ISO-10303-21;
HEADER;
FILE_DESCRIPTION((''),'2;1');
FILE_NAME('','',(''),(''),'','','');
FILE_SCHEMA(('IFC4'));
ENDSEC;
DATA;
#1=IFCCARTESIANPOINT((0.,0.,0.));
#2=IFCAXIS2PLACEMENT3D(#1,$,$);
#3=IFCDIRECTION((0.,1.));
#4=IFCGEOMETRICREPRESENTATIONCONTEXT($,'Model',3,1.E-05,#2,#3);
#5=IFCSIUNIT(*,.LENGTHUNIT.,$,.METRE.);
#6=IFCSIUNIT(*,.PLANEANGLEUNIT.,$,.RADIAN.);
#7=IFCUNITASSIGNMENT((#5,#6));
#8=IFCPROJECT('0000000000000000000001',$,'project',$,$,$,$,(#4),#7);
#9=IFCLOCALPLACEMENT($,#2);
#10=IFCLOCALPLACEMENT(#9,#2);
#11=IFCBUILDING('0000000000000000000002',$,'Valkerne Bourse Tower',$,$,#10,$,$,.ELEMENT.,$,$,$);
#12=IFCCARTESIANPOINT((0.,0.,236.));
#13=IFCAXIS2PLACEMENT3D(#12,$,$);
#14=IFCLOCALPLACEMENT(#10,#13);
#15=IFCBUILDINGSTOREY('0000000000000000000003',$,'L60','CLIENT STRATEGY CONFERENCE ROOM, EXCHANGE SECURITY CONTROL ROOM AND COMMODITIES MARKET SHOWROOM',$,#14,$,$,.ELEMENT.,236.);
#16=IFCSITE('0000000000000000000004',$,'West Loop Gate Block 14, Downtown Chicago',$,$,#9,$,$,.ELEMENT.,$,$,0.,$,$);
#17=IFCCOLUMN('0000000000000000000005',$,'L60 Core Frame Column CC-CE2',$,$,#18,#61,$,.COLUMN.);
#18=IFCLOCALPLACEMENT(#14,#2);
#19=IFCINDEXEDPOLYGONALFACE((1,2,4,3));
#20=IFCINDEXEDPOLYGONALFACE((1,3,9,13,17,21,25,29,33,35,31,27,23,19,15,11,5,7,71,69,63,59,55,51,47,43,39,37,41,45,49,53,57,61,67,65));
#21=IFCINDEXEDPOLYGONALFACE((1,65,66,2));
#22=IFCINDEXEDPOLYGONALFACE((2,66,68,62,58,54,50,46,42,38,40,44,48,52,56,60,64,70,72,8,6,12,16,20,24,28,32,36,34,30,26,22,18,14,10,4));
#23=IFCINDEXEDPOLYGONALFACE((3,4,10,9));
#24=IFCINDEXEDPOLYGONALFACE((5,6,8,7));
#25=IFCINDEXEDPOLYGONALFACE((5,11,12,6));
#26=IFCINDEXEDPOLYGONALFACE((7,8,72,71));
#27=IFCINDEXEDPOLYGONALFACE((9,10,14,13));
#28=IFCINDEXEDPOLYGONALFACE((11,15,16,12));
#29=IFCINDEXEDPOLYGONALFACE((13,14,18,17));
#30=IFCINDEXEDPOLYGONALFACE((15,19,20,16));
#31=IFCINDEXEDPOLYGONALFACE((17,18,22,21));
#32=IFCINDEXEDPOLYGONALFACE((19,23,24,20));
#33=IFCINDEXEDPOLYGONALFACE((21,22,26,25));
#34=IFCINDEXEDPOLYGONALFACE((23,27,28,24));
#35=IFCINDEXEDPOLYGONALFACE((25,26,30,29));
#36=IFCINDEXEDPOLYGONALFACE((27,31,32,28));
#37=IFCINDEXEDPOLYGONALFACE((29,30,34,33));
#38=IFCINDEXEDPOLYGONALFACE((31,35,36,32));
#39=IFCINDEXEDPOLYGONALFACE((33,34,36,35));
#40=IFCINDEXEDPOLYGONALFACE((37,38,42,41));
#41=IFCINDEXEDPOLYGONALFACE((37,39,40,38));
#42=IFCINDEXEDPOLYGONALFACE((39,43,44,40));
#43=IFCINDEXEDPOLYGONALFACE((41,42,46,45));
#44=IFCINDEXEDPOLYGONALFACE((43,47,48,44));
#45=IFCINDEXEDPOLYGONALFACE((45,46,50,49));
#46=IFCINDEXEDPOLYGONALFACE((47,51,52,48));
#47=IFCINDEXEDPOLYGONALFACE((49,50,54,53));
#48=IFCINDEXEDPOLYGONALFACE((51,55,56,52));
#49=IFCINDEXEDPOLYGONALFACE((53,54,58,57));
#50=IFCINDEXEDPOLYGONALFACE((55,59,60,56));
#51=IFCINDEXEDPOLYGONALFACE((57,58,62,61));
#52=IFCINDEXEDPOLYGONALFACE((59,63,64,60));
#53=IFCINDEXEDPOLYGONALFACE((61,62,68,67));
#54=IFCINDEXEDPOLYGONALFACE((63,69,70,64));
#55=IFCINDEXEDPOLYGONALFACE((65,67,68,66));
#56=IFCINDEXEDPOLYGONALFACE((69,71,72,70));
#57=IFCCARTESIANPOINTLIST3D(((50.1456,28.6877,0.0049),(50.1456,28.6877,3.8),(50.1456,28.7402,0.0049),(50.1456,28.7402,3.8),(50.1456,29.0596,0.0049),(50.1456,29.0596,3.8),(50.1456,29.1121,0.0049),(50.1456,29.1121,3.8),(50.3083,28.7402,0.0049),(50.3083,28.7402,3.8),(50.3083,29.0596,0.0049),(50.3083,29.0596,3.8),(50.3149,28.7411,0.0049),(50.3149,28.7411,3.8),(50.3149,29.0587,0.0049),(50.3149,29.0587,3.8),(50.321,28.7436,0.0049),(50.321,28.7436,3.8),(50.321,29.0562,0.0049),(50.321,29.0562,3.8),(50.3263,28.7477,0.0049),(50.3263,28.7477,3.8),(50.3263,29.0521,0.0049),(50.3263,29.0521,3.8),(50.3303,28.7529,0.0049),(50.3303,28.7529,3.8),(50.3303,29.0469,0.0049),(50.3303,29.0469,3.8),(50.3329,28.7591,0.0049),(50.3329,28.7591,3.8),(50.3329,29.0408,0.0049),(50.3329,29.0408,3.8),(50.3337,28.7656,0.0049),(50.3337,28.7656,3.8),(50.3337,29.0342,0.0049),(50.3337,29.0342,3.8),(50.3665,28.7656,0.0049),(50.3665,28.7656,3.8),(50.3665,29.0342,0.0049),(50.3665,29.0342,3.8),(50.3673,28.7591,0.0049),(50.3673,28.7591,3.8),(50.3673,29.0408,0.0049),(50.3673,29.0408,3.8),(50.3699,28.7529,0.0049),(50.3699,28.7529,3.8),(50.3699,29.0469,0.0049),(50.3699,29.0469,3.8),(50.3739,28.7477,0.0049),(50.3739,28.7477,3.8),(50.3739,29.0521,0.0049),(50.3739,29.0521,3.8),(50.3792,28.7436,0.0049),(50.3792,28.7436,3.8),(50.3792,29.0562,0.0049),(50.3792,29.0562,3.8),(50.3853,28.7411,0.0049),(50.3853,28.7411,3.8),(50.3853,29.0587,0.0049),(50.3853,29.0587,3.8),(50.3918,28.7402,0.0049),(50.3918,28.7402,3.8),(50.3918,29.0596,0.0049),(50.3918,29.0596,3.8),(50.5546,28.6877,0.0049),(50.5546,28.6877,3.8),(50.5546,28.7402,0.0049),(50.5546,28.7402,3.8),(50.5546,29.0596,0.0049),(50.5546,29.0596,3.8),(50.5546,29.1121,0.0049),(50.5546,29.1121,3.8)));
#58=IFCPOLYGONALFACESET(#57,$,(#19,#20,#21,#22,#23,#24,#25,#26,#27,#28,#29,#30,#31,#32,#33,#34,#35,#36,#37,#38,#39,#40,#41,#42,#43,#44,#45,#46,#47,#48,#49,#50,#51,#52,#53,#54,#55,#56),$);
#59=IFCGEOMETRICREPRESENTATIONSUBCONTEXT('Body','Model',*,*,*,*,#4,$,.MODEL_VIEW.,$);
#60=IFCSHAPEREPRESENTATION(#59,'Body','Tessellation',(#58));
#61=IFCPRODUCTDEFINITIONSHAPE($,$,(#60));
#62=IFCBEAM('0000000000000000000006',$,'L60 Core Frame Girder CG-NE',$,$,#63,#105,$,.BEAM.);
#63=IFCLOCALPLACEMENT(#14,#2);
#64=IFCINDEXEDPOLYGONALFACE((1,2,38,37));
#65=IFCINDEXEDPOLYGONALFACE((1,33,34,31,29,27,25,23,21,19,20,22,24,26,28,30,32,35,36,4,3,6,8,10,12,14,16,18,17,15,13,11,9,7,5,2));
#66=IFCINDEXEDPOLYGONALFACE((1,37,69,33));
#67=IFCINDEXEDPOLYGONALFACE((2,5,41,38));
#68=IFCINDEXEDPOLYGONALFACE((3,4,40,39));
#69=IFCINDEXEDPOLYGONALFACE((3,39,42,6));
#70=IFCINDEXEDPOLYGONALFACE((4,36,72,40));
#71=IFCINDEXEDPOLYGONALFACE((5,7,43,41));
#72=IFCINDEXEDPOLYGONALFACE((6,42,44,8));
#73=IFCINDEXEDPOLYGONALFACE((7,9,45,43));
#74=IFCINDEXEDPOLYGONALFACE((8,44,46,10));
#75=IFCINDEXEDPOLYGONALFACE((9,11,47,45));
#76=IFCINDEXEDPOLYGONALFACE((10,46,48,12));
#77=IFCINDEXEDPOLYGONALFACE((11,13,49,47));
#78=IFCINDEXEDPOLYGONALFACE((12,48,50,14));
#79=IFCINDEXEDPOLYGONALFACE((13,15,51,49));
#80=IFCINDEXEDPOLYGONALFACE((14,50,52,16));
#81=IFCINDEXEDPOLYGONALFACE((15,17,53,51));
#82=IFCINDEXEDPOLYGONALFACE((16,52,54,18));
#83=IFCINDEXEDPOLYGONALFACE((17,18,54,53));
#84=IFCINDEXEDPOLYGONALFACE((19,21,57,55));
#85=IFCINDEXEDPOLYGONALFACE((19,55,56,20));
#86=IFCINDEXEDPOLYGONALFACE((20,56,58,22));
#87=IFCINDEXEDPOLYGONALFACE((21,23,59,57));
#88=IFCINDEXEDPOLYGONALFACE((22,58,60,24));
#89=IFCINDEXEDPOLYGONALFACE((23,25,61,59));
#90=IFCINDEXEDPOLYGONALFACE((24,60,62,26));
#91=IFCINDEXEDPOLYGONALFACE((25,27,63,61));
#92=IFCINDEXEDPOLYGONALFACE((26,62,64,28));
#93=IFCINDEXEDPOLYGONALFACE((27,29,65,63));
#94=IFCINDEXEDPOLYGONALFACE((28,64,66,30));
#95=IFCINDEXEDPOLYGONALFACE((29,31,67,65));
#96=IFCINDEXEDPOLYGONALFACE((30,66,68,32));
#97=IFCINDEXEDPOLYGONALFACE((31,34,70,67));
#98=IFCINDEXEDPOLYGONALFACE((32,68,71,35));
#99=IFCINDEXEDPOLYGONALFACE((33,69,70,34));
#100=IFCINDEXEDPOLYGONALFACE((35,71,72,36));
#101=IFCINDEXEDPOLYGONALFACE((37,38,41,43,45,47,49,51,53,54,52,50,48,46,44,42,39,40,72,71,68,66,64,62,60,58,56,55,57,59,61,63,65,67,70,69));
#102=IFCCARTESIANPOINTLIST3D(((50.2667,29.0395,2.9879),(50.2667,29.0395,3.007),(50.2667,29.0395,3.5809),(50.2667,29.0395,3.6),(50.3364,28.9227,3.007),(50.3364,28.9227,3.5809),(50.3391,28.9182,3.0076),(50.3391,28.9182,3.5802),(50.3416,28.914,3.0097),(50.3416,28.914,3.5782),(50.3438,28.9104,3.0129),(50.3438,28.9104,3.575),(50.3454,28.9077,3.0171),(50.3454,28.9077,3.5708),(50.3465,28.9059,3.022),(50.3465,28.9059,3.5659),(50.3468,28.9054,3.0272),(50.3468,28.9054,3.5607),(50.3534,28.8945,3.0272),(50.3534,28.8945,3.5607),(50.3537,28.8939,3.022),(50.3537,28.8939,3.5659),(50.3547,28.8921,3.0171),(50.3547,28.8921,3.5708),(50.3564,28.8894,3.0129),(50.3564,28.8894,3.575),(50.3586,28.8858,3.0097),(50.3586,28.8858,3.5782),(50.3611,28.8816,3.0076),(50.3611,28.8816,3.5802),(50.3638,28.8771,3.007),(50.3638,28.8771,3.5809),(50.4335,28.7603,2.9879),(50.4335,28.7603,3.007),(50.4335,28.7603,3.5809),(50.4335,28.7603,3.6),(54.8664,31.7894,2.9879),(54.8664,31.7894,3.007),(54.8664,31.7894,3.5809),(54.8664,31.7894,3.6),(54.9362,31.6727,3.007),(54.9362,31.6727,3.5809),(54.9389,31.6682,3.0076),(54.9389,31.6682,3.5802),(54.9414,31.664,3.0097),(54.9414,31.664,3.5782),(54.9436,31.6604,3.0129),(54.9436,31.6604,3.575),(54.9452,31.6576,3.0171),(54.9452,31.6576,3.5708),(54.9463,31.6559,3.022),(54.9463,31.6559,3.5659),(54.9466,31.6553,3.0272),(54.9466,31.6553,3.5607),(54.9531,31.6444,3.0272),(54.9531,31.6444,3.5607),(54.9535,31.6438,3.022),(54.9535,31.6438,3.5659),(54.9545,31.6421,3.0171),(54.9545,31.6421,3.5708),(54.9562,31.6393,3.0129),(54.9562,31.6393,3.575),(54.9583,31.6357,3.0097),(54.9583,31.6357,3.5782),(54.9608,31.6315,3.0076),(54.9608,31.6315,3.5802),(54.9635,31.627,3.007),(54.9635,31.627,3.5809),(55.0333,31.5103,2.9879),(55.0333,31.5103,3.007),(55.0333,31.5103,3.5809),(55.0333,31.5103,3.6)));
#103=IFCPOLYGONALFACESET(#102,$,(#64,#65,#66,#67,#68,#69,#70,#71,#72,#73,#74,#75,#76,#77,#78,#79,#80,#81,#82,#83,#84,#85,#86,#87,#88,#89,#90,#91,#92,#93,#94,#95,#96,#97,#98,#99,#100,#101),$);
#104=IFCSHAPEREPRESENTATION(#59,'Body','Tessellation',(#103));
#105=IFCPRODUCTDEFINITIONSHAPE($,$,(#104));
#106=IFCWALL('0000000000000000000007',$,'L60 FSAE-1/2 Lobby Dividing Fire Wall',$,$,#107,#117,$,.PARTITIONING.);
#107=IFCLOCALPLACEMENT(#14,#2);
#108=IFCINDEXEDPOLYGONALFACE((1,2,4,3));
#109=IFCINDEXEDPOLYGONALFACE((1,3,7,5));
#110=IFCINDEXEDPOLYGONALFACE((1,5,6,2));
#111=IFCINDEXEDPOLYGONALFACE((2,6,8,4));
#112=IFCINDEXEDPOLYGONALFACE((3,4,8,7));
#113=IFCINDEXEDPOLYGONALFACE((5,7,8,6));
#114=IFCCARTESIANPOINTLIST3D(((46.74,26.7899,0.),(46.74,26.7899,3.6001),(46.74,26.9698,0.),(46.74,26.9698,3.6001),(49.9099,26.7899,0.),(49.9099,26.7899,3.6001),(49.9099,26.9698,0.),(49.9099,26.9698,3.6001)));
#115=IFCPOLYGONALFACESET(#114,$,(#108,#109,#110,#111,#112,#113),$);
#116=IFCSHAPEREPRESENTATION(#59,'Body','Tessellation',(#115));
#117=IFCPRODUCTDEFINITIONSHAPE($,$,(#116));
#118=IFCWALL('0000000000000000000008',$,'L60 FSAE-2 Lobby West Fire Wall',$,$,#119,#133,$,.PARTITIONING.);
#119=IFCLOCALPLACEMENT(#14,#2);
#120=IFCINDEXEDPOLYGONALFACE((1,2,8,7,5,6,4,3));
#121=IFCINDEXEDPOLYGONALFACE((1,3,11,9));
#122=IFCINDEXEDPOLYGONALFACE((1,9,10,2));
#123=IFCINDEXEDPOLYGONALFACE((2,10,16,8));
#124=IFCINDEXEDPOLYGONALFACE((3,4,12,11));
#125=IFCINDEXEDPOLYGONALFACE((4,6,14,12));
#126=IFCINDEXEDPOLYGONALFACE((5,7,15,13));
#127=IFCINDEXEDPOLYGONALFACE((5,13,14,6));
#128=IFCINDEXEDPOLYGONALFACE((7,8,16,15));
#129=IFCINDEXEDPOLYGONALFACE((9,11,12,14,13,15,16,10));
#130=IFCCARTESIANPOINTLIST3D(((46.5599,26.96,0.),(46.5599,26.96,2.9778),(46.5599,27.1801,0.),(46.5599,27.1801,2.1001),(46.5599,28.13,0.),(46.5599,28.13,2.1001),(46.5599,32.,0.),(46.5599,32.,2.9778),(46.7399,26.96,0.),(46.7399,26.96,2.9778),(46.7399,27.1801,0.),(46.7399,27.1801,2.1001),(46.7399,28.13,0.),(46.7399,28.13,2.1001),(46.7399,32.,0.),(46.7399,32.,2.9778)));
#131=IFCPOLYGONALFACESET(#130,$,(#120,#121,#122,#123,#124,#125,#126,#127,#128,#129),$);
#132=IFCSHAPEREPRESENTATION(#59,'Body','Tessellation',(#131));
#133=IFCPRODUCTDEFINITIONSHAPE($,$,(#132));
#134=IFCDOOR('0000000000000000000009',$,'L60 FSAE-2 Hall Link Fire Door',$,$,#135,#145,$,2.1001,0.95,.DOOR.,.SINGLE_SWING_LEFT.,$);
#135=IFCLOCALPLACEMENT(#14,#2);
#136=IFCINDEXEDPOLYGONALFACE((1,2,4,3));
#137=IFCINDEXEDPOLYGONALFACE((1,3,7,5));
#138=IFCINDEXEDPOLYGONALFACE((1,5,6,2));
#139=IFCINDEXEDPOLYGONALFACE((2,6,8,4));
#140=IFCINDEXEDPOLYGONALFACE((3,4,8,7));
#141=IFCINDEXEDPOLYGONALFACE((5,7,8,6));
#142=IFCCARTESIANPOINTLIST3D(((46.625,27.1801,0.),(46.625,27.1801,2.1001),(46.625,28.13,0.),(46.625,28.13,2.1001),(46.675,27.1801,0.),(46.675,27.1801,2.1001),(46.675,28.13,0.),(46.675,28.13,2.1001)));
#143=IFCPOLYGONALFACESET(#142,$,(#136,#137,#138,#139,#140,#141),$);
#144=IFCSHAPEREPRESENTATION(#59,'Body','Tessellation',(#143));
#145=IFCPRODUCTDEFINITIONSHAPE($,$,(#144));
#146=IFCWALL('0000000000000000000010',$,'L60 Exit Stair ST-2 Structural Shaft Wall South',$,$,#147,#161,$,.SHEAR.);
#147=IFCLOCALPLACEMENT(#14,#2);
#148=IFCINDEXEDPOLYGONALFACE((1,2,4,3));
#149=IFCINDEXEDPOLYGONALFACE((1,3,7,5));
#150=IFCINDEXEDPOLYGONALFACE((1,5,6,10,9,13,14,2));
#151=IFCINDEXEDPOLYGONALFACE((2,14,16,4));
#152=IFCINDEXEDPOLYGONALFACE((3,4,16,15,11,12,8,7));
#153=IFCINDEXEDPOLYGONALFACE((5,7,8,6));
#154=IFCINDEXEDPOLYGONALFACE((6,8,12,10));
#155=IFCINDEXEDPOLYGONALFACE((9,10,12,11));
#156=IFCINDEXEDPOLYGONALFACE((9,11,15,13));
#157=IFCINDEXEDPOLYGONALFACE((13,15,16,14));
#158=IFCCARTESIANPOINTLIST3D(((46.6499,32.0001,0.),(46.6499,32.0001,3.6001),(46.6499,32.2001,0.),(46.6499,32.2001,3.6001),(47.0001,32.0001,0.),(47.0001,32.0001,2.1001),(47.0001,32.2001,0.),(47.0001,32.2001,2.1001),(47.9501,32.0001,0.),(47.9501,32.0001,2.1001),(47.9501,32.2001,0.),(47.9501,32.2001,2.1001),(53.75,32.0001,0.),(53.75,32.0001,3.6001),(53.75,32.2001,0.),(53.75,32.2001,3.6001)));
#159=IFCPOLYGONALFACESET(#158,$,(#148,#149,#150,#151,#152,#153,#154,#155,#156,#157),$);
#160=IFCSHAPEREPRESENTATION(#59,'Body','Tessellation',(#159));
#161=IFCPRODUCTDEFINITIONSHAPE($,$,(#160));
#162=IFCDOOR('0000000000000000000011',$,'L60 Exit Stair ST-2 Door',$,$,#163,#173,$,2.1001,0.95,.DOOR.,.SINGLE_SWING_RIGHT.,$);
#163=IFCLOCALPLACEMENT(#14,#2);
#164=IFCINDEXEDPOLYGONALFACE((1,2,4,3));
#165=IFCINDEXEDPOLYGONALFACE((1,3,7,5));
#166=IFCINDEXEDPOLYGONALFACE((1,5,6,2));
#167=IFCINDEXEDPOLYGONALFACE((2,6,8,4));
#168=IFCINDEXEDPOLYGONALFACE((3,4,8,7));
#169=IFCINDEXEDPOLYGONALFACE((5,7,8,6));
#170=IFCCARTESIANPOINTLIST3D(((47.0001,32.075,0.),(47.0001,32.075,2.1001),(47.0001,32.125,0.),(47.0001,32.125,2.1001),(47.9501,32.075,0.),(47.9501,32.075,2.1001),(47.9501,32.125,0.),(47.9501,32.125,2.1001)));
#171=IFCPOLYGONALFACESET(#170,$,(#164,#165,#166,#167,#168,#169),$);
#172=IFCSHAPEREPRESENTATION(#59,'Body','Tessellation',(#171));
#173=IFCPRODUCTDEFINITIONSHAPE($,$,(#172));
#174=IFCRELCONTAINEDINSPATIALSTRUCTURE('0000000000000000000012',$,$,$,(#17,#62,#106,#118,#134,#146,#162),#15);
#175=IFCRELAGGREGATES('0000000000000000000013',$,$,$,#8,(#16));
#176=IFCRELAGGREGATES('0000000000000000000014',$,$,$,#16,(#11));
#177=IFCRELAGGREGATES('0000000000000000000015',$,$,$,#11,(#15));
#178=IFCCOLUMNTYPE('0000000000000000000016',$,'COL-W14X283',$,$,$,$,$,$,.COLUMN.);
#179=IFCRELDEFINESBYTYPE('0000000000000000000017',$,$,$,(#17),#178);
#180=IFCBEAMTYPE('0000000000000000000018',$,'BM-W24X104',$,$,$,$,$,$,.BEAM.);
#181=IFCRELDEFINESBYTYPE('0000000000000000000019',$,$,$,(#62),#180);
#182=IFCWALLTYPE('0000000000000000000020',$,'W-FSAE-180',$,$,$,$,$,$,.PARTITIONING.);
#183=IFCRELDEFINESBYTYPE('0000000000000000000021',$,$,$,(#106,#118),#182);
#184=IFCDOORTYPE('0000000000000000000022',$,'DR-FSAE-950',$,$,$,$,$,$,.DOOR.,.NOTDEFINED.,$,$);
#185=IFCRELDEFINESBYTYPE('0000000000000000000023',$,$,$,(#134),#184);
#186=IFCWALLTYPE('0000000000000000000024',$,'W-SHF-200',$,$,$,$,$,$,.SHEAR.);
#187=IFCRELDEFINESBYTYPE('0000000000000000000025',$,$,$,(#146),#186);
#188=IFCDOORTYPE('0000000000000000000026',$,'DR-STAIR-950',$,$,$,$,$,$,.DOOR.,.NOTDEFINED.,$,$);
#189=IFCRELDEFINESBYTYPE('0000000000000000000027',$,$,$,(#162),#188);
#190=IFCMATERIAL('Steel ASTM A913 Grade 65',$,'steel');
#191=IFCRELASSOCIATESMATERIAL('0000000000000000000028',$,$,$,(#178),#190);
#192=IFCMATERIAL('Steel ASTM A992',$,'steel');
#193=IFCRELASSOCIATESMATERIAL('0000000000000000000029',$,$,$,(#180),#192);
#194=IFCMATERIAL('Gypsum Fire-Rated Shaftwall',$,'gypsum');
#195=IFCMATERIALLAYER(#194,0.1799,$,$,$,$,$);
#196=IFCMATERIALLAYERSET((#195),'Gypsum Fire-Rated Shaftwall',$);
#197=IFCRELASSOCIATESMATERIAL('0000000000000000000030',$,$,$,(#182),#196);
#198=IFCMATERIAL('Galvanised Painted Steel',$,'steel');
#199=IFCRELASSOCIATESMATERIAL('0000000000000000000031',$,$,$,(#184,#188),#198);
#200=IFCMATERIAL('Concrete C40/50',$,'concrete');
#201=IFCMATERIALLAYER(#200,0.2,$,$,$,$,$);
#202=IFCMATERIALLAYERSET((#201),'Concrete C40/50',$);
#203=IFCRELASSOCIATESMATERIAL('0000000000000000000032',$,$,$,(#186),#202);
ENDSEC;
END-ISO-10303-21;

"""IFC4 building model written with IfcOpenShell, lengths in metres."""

from ifc_helpers import new_model, si_unit, direction, frame, frame_2d, origin, origin_2d, place, context, subcontext, project, spatial, rectangle, i_section, extrude, material, layer, layer_set, material_profile, profile_set, type_object, element, fill, save


model = new_model("IFC4")

# Units and contexts
model_context = context("Model", 3, precision=1e-05, world=origin(), true_north=direction((0.0, 1.0)))
body_context = subcontext(model_context, "Body", "Model", "MODEL_VIEW")
ifc_project = project(units=[si_unit("LENGTHUNIT", "METRE"), si_unit("PLANEANGLEUNIT", "RADIAN")], contexts=[model_context])

# Site, building, storey
site_placement = place(None, origin())
site = spatial("IfcSite", under=ifc_project, at=site_placement, Name="West Loop Gate Block 14, Downtown Chicago", CompositionType="ELEMENT", RefElevation=0.0)
building_placement = place(site_placement, origin())
building = spatial("IfcBuilding", under=site, at=building_placement, Name="Valkerne Bourse Tower", CompositionType="ELEMENT")
storey_placement = place(building_placement, frame((0.0, 0.0, 236.0)))
storey = spatial("IfcBuildingStorey", under=building, at=storey_placement, Name="L60", Description="CLIENT STRATEGY CONFERENCE ROOM, EXCHANGE SECURITY CONTROL ROOM AND COMMODITIES MARKET SHOWROOM", CompositionType="ELEMENT", Elevation=236.0)

# Column
ifc_material_1 = material(Name="Steel ASTM A913 Grade 65", Category="steel")
ifc_material_profile_1 = material_profile(ifc_material_1, i_section(OverallWidth=0.4089, OverallDepth=0.4243, WebThickness=0.0327, FlangeThickness=0.0525, FilletRadius=0.0254, at=origin_2d()), Name="W14X283")
ifc_profile_set_1 = profile_set([ifc_material_profile_1], Name="Steel ASTM A913 Grade 65")
column_type = type_object("IfcColumnType", Name="COL-W14X283", PredefinedType="COLUMN", material=ifc_profile_set_1)
column_placement = place(storey_placement, frame((50.3501, 28.8999, 0.0049), z_axis=(0.0, 0.0, 1.0), x_axis=(1.0, 0.0, 0.0)))
element("IfcColumn", 1, at=column_placement, inside=storey, type_object=column_type, Name="L60 Core Frame Column CC-CE2", PredefinedType="COLUMN", context=body_context, shape_type="SweptSolid", body=[
    extrude(i_section(OverallWidth=0.4089, OverallDepth=0.4243, WebThickness=0.0327, FlangeThickness=0.0525, FilletRadius=0.0254, at=origin_2d()), origin(), (0.0, 0.0, 1.0), 3.7952),
])

# Beam
ifc_material_2 = material(Name="Steel ASTM A992", Category="steel")
ifc_material_profile_2 = material_profile(ifc_material_2, i_section(OverallWidth=0.3252, OverallDepth=0.6121, WebThickness=0.0127, FlangeThickness=0.019, FilletRadius=0.0203, at=origin_2d()), Name="W24X104")
ifc_profile_set_2 = profile_set([ifc_material_profile_2], Name="Steel ASTM A992")
beam_type = type_object("IfcBeamType", Name="BM-W24X104", PredefinedType="BEAM", material=ifc_profile_set_2)
beam_placement = place(storey_placement, frame((50.3501, 28.8999, 3.2939), z_axis=(0.858308, 0.513135, 0.0), x_axis=(-0.513135, 0.858308, 0.0)))
element("IfcBeam", 2, at=beam_placement, inside=storey, type_object=beam_type, Name="L60 Core Frame Girder CG-NE", PredefinedType="BEAM", context=body_context, shape_type="SweptSolid", body=[
    extrude(i_section(OverallWidth=0.3252, OverallDepth=0.6121, WebThickness=0.0127, FlangeThickness=0.019, FilletRadius=0.0203, at=origin_2d()), origin(), (0.0, 0.0, 1.0), 5.3591),
])

# Wall
ifc_material_3 = material(Name="Gypsum Fire-Rated Shaftwall", Category="gypsum")
ifc_layer_1 = layer(ifc_material_3, 0.1799)
ifc_layer_set_1 = layer_set([ifc_layer_1], Name="Gypsum Fire-Rated Shaftwall")
wall_type_1 = type_object("IfcWallType", Name="W-FSAE-180", PredefinedType="PARTITIONING", material=ifc_layer_set_1)
wall_1_placement = place(storey_placement, frame((46.74, 26.8799, 0.0), z_axis=(0.0, 0.0, 1.0), x_axis=(1.0, 0.0, 0.0)))
element("IfcWall", 3, at=wall_1_placement, inside=storey, type_object=wall_type_1, Name="L60 FSAE-1/2 Lobby Dividing Fire Wall", PredefinedType="PARTITIONING", context=body_context, shape_type="SweptSolid", body=[
    extrude(rectangle(XDim=3.1699, YDim=0.1799, at=frame_2d((1.585, 0.0))), origin(), (0.0, 0.0, 1.0), 3.6001),
])

# Wall, opening, door
wall_2_placement = place(storey_placement, frame((46.6499, 26.96, 0.0), z_axis=(0.0, 0.0, 1.0), x_axis=(0.0, 1.0, 0.0)))
wall_2 = element("IfcWall", 4, at=wall_2_placement, inside=storey, type_object=wall_type_1, Name="L60 FSAE-2 Lobby West Fire Wall", PredefinedType="PARTITIONING", context=body_context, shape_type="SweptSolid", body=[
    extrude(rectangle(XDim=5.04, YDim=0.1799, at=frame_2d((2.52, 0.0))), origin(), (0.0, 0.0, 1.0), 2.9778),
])
opening_1_placement = place(wall_2_placement, frame((0.22, 0.0, 0.0)))
opening_1 = element("IfcOpeningElement", 5, at=opening_1_placement, cuts=wall_2, PredefinedType="OPENING", context=body_context, shape_type="SweptSolid", body=[
    extrude(rectangle(XDim=0.95, YDim=2.1001, at=frame_2d((0.4751, 1.05))), frame((0.0, 0.0999, 0.0), z_axis=(0.0, -1.0, 0.0), x_axis=(1.0, 0.0, 0.0)), (0.0, 0.0, 1.0), 0.2),
])
ifc_material_4 = material(Name="Galvanised Painted Steel", Category="steel")
door_type_1 = type_object("IfcDoorType", Name="DR-FSAE-950", OperationType="NOTDEFINED", PredefinedType="DOOR", material=ifc_material_4)
door_1_placement = place(opening_1_placement, origin())
door_1 = element("IfcDoor", 6, at=door_1_placement, inside=storey, type_object=door_type_1, Name="L60 FSAE-2 Hall Link Fire Door", OperationType="SINGLE_SWING_LEFT", OverallHeight=2.1001, OverallWidth=0.95, PredefinedType="DOOR", context=body_context, shape_type="SweptSolid", body=[
    extrude(rectangle(XDim=0.95, YDim=2.1001, at=frame_2d((0.4751, 1.05))), frame((0.0, 0.0249, 0.0), z_axis=(0.0, -1.0, 0.0), x_axis=(1.0, 0.0, 0.0)), (0.0, 0.0, 1.0), 0.05),
])
fill(opening_1, door_1)

# Wall, opening, door
ifc_material_5 = material(Name="Concrete C40/50", Category="concrete")
ifc_layer_2 = layer(ifc_material_5, 0.2)
ifc_layer_set_2 = layer_set([ifc_layer_2], Name="Concrete C40/50")
wall_type_2 = type_object("IfcWallType", Name="W-SHF-200", PredefinedType="SHEAR", material=ifc_layer_set_2)
wall_3_placement = place(storey_placement, frame((46.6499, 32.1001, 0.0), z_axis=(0.0, 0.0, 1.0), x_axis=(1.0, 0.0, 0.0)))
wall_3 = element("IfcWall", 7, at=wall_3_placement, inside=storey, type_object=wall_type_2, Name="L60 Exit Stair ST-2 Structural Shaft Wall South", PredefinedType="SHEAR", context=body_context, shape_type="SweptSolid", body=[
    extrude(rectangle(XDim=7.1001, YDim=0.2, at=frame_2d((3.55, 0.0))), origin(), (0.0, 0.0, 1.0), 3.6001),
])
opening_2_placement = place(wall_3_placement, frame((0.3501, 0.0, 0.0)))
opening_2 = element("IfcOpeningElement", 8, at=opening_2_placement, cuts=wall_3, PredefinedType="OPENING", context=body_context, shape_type="SweptSolid", body=[
    extrude(rectangle(XDim=0.95, YDim=2.1001, at=frame_2d((0.4751, 1.05))), frame((0.0, 0.1099, 0.0), z_axis=(0.0, -1.0, 0.0), x_axis=(1.0, 0.0, 0.0)), (0.0, 0.0, 1.0), 0.22),
])
door_type_2 = type_object("IfcDoorType", Name="DR-STAIR-950", OperationType="NOTDEFINED", PredefinedType="DOOR", material=ifc_material_4)
door_2_placement = place(opening_2_placement, origin())
door_2 = element("IfcDoor", 9, at=door_2_placement, inside=storey, type_object=door_type_2, Name="L60 Exit Stair ST-2 Door", OperationType="SINGLE_SWING_RIGHT", OverallHeight=2.1001, OverallWidth=0.95, PredefinedType="DOOR", context=body_context, shape_type="SweptSolid", body=[
    extrude(rectangle(XDim=0.95, YDim=2.1001, at=frame_2d((0.4751, 1.05))), frame((0.0, 0.0249, 0.0), z_axis=(0.0, -1.0, 0.0), x_axis=(1.0, 0.0, 0.0)), (0.0, 0.0, 1.0), 0.05),
])
fill(opening_2, door_2)

save(model, "model.ifc")
